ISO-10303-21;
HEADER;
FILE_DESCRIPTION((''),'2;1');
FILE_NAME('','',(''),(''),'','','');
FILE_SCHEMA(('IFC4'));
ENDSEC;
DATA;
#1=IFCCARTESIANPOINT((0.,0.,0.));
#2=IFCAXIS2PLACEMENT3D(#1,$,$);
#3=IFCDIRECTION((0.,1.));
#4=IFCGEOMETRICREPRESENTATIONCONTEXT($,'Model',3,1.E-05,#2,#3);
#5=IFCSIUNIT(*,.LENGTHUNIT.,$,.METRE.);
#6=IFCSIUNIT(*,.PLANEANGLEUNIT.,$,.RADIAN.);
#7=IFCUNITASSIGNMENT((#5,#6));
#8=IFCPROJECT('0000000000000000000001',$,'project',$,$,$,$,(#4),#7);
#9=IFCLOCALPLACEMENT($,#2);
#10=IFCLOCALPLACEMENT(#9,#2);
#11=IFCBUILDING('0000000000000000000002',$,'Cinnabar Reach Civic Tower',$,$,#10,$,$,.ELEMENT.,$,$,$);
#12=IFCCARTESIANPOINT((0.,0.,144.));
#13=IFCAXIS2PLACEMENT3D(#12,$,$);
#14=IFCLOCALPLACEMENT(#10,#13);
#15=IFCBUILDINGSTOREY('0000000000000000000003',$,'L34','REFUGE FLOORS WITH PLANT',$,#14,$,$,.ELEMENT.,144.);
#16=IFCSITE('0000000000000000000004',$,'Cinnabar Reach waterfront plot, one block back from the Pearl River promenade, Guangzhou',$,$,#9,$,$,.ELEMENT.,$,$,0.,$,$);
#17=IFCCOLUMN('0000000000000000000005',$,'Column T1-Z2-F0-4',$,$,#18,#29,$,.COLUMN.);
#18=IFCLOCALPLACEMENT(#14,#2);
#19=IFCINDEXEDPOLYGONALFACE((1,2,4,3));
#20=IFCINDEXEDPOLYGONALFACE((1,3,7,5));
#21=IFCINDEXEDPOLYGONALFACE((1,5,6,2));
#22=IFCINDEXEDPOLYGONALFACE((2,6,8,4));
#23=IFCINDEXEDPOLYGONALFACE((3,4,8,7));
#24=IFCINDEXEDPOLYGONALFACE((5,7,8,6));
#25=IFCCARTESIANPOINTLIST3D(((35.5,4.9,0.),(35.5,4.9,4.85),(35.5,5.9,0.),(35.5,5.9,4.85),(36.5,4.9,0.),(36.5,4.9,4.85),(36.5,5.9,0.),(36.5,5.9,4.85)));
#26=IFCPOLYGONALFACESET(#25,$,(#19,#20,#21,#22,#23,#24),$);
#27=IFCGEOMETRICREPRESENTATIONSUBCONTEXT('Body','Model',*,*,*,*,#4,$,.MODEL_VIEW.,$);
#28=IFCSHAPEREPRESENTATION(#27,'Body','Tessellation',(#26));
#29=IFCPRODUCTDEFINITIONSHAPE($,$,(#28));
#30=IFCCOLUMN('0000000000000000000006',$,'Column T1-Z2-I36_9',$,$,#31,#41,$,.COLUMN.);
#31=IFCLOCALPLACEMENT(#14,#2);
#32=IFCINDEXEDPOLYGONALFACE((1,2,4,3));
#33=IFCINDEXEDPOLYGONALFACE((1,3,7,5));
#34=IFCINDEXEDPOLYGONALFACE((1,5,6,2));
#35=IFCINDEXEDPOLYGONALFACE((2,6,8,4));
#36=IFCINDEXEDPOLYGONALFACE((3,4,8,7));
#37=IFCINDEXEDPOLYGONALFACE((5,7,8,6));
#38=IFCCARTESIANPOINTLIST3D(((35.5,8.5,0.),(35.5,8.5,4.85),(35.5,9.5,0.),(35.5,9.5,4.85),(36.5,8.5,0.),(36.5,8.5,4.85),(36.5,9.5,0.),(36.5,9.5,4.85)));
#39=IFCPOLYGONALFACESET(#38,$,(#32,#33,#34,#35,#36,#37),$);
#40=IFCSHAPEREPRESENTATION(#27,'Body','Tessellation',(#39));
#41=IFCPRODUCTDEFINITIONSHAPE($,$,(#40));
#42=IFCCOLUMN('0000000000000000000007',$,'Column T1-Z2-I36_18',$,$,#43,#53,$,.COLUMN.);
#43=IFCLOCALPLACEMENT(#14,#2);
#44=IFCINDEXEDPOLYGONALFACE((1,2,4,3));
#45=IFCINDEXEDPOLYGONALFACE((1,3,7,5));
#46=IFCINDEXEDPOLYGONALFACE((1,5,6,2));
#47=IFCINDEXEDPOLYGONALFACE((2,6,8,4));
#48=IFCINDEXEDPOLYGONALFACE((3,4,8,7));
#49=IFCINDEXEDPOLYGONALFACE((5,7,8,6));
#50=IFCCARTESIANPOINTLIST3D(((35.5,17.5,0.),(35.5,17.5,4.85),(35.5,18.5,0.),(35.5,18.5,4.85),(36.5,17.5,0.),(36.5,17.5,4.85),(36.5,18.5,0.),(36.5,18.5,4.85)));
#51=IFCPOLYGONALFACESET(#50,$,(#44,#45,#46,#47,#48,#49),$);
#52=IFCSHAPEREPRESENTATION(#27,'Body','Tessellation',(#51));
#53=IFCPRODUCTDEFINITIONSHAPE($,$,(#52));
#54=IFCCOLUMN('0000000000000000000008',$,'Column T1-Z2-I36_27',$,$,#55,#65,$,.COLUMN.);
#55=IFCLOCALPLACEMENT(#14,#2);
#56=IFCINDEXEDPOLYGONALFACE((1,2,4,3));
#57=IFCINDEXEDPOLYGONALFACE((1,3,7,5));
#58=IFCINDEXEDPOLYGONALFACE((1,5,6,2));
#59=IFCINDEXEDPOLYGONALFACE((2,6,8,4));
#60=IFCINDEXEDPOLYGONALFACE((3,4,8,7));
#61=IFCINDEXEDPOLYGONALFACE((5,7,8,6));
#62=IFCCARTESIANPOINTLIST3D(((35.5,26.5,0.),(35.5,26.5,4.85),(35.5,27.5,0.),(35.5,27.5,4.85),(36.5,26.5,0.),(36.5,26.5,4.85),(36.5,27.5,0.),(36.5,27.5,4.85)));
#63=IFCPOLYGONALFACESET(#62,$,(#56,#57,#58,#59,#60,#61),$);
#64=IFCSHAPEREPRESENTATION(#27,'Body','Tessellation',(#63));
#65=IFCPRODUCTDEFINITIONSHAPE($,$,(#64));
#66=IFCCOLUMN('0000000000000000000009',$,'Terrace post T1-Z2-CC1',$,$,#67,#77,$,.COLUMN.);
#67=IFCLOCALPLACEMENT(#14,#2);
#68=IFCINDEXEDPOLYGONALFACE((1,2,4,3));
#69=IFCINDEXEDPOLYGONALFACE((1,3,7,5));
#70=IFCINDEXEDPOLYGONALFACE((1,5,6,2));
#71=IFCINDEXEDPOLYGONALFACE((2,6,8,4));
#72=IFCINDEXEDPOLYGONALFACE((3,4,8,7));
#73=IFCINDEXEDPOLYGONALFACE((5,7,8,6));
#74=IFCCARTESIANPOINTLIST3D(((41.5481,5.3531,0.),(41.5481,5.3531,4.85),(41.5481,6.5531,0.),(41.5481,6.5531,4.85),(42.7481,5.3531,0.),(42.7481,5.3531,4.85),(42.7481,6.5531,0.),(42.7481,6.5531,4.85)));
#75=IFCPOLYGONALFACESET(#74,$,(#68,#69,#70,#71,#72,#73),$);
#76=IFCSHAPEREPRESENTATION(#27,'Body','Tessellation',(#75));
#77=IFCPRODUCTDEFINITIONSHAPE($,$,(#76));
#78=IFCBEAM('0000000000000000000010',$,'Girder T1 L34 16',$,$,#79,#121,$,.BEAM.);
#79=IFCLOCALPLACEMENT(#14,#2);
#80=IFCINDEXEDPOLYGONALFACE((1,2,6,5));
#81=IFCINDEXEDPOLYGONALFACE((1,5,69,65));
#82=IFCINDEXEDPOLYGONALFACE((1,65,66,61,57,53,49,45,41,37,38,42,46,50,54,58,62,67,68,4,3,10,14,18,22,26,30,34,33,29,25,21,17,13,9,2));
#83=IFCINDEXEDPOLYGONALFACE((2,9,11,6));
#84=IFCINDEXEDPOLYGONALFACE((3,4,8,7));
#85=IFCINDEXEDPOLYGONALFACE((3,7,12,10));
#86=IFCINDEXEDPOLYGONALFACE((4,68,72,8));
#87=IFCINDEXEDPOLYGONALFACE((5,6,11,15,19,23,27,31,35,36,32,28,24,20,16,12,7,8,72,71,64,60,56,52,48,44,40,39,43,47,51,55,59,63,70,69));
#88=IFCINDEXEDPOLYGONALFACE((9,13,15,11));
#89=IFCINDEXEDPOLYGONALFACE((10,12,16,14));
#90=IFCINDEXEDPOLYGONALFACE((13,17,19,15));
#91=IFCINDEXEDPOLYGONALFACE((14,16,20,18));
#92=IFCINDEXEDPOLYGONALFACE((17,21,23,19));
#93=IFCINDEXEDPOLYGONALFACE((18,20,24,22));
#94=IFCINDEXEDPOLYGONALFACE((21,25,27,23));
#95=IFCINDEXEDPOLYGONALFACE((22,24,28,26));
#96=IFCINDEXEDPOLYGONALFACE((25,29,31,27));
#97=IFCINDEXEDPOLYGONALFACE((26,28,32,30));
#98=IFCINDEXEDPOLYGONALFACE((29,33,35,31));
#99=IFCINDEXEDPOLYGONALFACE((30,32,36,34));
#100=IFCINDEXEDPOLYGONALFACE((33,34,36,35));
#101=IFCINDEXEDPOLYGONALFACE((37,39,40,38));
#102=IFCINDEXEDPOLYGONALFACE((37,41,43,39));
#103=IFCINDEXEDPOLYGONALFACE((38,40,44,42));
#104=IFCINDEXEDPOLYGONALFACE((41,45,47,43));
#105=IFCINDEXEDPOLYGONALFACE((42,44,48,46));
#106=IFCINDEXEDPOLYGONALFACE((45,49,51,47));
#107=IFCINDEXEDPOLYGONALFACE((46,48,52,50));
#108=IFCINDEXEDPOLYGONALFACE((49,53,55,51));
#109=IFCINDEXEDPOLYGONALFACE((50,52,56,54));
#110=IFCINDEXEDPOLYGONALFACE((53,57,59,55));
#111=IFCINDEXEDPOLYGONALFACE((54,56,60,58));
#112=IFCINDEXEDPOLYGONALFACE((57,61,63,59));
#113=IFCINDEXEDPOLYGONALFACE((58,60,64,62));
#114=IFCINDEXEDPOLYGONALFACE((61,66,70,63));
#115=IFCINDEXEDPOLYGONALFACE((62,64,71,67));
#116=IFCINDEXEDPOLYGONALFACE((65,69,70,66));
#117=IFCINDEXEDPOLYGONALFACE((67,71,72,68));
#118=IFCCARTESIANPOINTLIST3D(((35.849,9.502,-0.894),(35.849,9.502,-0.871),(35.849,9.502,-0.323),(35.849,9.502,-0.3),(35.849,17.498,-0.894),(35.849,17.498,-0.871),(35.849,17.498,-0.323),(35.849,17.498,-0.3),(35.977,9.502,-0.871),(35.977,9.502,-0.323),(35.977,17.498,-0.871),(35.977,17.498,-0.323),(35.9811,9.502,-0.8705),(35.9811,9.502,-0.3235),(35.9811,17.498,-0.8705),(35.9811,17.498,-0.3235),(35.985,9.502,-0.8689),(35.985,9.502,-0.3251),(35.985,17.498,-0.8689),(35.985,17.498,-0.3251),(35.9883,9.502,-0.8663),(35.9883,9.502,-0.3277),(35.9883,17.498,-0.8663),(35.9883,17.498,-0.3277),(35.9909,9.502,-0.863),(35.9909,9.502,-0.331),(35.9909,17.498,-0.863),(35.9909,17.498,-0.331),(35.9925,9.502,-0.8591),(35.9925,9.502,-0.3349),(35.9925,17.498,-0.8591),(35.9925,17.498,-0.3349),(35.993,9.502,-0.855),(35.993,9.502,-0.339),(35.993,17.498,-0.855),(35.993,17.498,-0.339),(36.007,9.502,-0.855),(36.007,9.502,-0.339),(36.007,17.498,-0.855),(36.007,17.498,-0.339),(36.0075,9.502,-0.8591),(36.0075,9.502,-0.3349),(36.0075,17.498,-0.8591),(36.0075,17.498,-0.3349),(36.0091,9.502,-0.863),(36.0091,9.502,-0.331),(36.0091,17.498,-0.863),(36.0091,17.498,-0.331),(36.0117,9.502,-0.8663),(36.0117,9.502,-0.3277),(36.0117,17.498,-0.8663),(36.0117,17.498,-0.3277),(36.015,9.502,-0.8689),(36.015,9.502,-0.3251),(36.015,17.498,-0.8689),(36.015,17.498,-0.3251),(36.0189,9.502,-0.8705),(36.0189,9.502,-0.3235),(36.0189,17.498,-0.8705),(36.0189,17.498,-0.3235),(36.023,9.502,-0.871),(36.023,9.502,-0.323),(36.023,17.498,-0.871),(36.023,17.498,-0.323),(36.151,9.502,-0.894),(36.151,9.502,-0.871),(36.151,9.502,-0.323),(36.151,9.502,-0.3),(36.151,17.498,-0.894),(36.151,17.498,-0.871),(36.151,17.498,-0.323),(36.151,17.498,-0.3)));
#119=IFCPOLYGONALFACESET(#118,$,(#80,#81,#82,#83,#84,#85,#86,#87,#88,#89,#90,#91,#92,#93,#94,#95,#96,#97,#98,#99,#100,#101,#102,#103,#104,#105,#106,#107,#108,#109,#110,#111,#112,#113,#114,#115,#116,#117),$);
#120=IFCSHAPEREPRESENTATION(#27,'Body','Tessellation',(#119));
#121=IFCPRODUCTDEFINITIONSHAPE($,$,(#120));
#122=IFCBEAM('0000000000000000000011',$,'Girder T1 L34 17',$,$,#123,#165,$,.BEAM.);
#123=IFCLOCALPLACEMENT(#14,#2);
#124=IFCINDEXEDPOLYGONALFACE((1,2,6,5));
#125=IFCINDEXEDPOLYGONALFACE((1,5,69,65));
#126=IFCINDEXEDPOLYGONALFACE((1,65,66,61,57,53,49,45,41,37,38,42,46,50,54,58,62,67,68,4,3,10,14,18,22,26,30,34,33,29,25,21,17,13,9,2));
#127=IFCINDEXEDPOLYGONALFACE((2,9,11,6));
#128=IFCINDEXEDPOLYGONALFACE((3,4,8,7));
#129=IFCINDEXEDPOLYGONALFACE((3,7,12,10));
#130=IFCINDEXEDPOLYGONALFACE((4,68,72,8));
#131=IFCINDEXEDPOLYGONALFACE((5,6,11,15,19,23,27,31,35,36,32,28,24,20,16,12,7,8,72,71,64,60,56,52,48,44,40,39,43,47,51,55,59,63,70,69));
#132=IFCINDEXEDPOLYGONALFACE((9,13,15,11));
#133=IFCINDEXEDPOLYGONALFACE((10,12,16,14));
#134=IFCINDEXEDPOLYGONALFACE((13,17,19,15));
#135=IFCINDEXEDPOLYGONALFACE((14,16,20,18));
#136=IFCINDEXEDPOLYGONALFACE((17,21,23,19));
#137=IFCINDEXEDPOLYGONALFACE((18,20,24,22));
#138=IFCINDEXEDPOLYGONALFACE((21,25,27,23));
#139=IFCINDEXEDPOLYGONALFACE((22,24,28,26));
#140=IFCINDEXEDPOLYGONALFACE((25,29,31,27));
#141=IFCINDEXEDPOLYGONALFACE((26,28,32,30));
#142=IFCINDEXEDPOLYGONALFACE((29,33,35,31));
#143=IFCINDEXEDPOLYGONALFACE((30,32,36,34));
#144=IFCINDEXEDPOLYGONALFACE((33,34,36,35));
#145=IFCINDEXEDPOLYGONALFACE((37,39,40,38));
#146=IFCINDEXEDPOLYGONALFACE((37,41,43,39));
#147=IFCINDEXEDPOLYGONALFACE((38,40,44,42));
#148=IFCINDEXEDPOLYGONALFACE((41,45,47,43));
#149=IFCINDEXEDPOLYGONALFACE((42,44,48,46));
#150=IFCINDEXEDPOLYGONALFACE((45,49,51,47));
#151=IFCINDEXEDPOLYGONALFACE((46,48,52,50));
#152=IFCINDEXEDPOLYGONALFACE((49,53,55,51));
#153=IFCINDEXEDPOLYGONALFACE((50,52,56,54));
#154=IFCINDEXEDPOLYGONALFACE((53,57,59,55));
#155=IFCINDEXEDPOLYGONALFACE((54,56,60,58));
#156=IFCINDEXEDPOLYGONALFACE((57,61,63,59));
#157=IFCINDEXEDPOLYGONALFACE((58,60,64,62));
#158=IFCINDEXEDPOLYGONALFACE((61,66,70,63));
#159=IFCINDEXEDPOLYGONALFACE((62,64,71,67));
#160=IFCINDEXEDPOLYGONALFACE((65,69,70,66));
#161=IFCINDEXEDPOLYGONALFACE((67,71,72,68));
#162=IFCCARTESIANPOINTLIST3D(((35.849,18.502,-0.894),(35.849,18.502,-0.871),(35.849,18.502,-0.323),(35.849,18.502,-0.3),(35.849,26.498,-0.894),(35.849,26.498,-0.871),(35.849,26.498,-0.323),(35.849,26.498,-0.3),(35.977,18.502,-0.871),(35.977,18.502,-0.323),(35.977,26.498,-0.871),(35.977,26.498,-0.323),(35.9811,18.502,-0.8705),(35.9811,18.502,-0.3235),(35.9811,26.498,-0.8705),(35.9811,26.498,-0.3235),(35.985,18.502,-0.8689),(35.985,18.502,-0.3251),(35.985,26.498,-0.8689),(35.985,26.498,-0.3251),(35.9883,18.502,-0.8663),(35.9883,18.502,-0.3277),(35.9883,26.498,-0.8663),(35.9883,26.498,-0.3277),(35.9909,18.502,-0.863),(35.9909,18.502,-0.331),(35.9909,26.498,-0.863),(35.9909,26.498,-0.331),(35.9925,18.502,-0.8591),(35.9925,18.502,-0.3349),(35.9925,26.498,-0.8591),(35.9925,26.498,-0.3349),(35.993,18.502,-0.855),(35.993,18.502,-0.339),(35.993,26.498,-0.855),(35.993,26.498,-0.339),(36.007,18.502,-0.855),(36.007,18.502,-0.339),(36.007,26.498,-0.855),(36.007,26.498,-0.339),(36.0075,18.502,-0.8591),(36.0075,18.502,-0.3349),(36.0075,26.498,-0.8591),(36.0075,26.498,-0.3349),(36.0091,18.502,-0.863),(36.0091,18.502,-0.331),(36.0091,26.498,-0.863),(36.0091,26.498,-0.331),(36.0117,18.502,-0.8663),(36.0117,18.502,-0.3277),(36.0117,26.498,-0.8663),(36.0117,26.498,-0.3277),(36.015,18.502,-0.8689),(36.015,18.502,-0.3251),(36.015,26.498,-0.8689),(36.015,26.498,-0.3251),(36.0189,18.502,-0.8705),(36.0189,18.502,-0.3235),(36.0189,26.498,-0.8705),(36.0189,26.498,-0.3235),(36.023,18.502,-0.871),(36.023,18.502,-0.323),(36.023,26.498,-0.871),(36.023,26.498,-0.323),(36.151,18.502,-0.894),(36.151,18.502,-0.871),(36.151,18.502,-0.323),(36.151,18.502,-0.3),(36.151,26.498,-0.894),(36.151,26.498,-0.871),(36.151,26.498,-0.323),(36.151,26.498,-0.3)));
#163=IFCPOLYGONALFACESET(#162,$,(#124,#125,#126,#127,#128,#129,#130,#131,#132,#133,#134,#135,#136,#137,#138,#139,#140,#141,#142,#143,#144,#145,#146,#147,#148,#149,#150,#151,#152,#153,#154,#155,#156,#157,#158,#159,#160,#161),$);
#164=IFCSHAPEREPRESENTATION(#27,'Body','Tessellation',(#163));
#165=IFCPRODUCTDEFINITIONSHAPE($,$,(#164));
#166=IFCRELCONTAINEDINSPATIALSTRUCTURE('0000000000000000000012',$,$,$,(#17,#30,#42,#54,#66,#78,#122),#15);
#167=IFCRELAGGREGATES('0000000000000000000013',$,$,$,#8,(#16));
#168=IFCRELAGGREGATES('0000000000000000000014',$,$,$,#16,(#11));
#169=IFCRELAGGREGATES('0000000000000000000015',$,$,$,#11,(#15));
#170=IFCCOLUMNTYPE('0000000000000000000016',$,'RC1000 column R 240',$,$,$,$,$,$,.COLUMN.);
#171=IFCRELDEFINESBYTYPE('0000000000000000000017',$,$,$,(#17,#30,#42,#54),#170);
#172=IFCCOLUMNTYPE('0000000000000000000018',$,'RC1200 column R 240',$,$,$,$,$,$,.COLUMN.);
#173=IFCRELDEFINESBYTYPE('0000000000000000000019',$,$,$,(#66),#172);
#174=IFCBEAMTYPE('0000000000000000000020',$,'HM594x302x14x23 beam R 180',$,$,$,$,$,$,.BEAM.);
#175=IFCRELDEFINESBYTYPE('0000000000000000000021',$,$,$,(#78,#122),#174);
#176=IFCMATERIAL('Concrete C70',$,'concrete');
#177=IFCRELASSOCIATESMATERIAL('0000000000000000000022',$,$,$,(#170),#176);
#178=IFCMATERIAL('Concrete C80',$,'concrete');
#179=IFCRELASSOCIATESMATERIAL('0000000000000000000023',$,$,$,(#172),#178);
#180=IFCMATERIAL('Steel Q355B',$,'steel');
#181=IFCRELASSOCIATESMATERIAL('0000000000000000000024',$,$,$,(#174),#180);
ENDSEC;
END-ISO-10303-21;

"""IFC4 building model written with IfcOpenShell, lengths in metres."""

from ifc_helpers import new_model, si_unit, direction, frame, origin, origin_2d, place, context, subcontext, project, spatial, rectangle, i_section, extrude, material, material_profile, profile_set, type_object, element, save


model = new_model("IFC4")

# Units and contexts
model_context = context("Model", 3, precision=1e-05, world=origin(), true_north=direction((0.0, 1.0)))
body_context = subcontext(model_context, "Body", "Model", "MODEL_VIEW")
ifc_project = project(units=[si_unit("LENGTHUNIT", "METRE"), si_unit("PLANEANGLEUNIT", "RADIAN")], contexts=[model_context])

# Site, building, storey
site_placement = place(None, origin())
site = spatial("IfcSite", under=ifc_project, at=site_placement, Name="Cinnabar Reach waterfront plot, one block back from the Pearl River promenade, Guangzhou", CompositionType="ELEMENT", RefElevation=0.0)
building_placement = place(site_placement, origin())
building = spatial("IfcBuilding", under=site, at=building_placement, Name="Cinnabar Reach Civic Tower", CompositionType="ELEMENT")
storey_placement = place(building_placement, frame((0.0, 0.0, 144.0)))
storey = spatial("IfcBuildingStorey", under=building, at=storey_placement, Name="L34", Description="REFUGE FLOORS WITH PLANT", CompositionType="ELEMENT", Elevation=144.0)

# Columns
ifc_material_1 = material(Name="Concrete C70", Category="concrete")
ifc_material_profile_1 = material_profile(ifc_material_1, rectangle(XDim=1.0, YDim=1.0, at=origin_2d()), Name="RC1000")
ifc_profile_set_1 = profile_set([ifc_material_profile_1], Name="Concrete C70")
column_type_1 = type_object("IfcColumnType", Name="RC1000 column R 240", PredefinedType="COLUMN", material=ifc_profile_set_1)
for number, where, z_axis, x_axis, name in (
    (1, (36.0, 5.4, 0.0), (0.0, 0.0, 1.0), (1.0, 0.0, 0.0), "Column T1-Z2-F0-4"),
    (2, (36.0, 9.0, 0.0), (0.0, 0.0, 1.0), (1.0, 0.0, 0.0), "Column T1-Z2-I36_9"),
    (3, (36.0, 18.0, 0.0), (0.0, 0.0, 1.0), (1.0, 0.0, 0.0), "Column T1-Z2-I36_18"),
    (4, (36.0, 27.0, 0.0), (0.0, 0.0, 1.0), (1.0, 0.0, 0.0), "Column T1-Z2-I36_27"),
):
    element("IfcColumn", number, at=place(storey_placement, frame(where, z_axis=z_axis, x_axis=x_axis)), inside=storey, type_object=column_type_1, Name=name, PredefinedType="COLUMN", context=body_context, shape_type="SweptSolid", body=[
        extrude(rectangle(XDim=1.0, YDim=1.0, at=origin_2d()), origin(), (0.0, 0.0, 1.0), 4.85),
    ])
ifc_material_2 = material(Name="Concrete C80", Category="concrete")
ifc_material_profile_2 = material_profile(ifc_material_2, rectangle(XDim=1.2, YDim=1.2, at=origin_2d()), Name="RC1200")
ifc_profile_set_2 = profile_set([ifc_material_profile_2], Name="Concrete C80")
column_type_2 = type_object("IfcColumnType", Name="RC1200 column R 240", PredefinedType="COLUMN", material=ifc_profile_set_2)
column_placement = place(storey_placement, frame((42.1481, 5.9531, 0.0), z_axis=(0.0, 0.0, 1.0), x_axis=(1.0, 0.0, 0.0)))
element("IfcColumn", 5, at=column_placement, inside=storey, type_object=column_type_2, Name="Terrace post T1-Z2-CC1", PredefinedType="COLUMN", context=body_context, shape_type="SweptSolid", body=[
    extrude(rectangle(XDim=1.2, YDim=1.2, at=origin_2d()), origin(), (0.0, 0.0, 1.0), 4.85),
])

# Beams
ifc_material_3 = material(Name="Steel Q355B", Category="steel")
ifc_material_profile_3 = material_profile(ifc_material_3, i_section(OverallWidth=0.302, OverallDepth=0.594, WebThickness=0.014, FlangeThickness=0.023, FilletRadius=0.016, at=origin_2d()), Name="HM594x302x14x23")
ifc_profile_set_3 = profile_set([ifc_material_profile_3], Name="Steel Q355B")
beam_type_1 = type_object("IfcBeamType", Name="HM594x302x14x23 beam R 180", PredefinedType="BEAM", material=ifc_profile_set_3)
for number, where, z_axis, x_axis, name in (
    (6, (36.0, 9.502, -0.597), (0.0, 1.0, 0.0), (-1.0, 0.0, 0.0), "Girder T1 L34 16"),
    (7, (36.0, 18.502, -0.597), (0.0, 1.0, 0.0), (-1.0, 0.0, 0.0), "Girder T1 L34 17"),
):
    element("IfcBeam", number, at=place(storey_placement, frame(where, z_axis=z_axis, x_axis=x_axis)), inside=storey, type_object=beam_type_1, Name=name, PredefinedType="BEAM", context=body_context, shape_type="SweptSolid", body=[
        extrude(i_section(OverallWidth=0.302, OverallDepth=0.594, WebThickness=0.014, FlangeThickness=0.023, FilletRadius=0.016, at=origin_2d()), origin(), (0.0, 0.0, 1.0), 7.996),
    ])

save(model, "model.ifc")
